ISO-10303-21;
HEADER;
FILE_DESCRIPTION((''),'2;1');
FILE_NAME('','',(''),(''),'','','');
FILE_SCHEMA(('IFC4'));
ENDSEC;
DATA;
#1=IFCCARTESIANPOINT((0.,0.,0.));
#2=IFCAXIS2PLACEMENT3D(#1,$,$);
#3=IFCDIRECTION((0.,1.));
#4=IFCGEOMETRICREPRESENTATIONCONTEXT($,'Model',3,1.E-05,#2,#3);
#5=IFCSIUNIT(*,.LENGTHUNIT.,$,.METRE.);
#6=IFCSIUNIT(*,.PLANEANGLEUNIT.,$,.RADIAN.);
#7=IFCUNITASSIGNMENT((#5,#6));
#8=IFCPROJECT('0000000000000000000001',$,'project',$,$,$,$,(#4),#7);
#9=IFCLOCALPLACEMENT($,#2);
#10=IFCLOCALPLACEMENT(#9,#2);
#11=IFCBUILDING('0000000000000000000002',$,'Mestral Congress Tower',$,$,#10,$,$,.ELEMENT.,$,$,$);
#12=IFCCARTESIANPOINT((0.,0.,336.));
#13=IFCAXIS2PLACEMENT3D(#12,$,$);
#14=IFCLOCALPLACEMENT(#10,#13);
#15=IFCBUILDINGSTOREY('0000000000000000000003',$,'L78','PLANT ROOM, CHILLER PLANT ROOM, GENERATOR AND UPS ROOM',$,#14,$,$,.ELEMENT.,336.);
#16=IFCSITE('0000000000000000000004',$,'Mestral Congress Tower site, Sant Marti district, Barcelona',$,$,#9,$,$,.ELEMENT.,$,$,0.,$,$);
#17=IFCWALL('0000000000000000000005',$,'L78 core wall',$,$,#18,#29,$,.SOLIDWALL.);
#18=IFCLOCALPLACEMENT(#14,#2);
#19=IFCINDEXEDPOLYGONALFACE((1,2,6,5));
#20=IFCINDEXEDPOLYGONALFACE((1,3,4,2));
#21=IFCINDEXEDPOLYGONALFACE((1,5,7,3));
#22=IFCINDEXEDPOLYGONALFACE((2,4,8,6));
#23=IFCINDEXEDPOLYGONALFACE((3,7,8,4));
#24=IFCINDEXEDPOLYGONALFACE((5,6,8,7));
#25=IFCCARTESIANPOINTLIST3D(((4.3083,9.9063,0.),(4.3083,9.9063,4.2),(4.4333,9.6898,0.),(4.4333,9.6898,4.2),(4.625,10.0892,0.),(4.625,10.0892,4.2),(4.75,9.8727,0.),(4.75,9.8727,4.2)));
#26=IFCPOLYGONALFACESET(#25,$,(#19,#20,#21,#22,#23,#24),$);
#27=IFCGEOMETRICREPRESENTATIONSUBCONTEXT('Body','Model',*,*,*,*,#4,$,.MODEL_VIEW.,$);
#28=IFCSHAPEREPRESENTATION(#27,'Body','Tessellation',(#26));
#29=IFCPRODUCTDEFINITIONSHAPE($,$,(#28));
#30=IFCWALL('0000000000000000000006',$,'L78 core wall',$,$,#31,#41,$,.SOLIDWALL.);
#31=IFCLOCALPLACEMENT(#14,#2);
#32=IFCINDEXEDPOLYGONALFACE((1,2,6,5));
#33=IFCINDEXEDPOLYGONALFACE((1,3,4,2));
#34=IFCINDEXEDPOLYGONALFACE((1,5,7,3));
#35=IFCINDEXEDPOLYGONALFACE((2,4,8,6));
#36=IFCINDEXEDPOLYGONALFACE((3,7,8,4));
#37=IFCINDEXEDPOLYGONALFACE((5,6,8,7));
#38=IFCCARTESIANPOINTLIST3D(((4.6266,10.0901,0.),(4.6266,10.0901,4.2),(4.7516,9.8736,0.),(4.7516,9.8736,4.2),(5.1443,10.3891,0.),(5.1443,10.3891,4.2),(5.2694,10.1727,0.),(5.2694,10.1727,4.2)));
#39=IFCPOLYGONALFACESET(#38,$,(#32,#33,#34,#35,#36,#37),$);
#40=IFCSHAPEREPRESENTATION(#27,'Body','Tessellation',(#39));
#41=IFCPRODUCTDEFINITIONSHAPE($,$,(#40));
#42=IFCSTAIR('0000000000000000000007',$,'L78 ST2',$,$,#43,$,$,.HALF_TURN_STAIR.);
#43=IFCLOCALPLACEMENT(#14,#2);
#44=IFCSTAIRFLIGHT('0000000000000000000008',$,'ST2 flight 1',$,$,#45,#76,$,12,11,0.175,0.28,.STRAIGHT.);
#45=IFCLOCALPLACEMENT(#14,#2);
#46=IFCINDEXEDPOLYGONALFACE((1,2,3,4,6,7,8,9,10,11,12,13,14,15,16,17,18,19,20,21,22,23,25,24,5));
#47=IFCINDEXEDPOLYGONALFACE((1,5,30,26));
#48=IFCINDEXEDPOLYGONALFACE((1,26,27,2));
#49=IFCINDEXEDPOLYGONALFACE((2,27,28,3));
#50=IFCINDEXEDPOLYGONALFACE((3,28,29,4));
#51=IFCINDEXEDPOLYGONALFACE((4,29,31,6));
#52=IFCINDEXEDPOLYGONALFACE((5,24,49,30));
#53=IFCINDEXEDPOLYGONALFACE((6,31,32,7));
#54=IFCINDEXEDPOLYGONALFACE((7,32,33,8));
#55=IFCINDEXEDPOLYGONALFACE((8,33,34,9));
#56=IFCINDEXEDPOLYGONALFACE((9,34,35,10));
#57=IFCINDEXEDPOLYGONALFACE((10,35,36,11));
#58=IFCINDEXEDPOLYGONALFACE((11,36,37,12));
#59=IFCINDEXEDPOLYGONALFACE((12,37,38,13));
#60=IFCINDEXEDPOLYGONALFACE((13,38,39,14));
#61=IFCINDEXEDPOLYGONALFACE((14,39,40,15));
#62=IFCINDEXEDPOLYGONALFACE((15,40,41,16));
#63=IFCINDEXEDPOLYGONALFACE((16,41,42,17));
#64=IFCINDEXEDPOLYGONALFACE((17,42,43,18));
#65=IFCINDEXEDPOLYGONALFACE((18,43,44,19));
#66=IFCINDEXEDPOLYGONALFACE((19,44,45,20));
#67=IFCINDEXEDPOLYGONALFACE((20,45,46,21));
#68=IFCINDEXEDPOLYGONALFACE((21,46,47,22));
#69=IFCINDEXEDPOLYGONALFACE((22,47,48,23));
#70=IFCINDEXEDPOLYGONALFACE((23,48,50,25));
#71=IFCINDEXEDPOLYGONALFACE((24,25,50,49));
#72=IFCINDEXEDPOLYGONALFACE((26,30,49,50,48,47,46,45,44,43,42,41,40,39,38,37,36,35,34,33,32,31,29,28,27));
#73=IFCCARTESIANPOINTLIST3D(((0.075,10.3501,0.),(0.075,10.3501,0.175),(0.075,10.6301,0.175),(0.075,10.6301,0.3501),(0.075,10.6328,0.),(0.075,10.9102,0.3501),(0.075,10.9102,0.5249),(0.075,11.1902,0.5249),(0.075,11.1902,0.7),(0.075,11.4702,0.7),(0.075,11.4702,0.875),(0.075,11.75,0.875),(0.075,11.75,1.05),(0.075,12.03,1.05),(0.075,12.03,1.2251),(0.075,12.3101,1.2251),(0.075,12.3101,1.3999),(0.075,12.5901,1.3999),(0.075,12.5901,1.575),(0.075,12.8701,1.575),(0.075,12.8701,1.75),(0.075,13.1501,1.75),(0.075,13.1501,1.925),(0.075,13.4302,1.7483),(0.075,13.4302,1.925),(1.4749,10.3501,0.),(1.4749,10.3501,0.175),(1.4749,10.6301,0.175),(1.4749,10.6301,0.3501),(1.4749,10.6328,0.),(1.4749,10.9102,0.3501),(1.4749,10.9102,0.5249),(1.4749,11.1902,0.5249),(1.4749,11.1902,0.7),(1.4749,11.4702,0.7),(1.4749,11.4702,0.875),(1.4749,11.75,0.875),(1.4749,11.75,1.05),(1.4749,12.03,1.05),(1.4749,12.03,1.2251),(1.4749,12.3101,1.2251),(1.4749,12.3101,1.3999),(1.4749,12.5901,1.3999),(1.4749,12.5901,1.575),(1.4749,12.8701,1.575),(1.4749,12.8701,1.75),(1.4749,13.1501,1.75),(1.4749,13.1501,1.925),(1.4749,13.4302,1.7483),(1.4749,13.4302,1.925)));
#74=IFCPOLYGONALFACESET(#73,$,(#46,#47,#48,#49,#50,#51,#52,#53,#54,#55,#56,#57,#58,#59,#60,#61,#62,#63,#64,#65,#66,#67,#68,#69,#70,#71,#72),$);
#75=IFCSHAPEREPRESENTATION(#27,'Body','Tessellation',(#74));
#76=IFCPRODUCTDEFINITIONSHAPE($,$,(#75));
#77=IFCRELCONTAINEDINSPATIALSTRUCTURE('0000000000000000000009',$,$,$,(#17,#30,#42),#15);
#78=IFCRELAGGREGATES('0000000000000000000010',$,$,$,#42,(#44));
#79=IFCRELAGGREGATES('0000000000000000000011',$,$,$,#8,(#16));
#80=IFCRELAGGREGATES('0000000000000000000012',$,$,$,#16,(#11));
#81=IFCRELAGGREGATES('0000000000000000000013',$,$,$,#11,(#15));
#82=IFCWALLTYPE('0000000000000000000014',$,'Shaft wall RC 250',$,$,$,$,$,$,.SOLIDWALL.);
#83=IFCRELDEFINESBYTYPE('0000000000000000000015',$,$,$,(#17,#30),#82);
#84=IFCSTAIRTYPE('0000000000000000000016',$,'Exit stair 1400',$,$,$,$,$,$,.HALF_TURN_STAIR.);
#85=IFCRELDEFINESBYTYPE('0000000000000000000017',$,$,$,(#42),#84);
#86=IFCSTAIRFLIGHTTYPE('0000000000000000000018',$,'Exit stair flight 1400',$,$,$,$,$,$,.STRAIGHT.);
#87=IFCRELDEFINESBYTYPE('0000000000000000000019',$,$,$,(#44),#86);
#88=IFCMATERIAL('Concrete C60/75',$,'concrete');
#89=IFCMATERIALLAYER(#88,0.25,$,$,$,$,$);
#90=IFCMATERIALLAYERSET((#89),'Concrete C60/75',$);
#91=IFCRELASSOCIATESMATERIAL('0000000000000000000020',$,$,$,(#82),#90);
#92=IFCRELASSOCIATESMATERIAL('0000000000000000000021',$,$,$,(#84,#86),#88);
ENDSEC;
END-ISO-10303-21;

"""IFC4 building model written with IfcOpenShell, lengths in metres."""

from ifc_helpers import new_model, si_unit, direction, frame, frame_2d, origin, place, context, subcontext, project, spatial, polyline, rectangle, outline, extrude, material, layer, layer_set, type_object, element, aggregate, save


model = new_model("IFC4")

# Units and contexts
model_context = context("Model", 3, precision=1e-05, world=origin(), true_north=direction((0.0, 1.0)))
body_context = subcontext(model_context, "Body", "Model", "MODEL_VIEW")
ifc_project = project(units=[si_unit("LENGTHUNIT", "METRE"), si_unit("PLANEANGLEUNIT", "RADIAN")], contexts=[model_context])

# Site, building, storey
site_placement = place(None, origin())
site = spatial("IfcSite", under=ifc_project, at=site_placement, Name="Mestral Congress Tower site, Sant Marti district, Barcelona", CompositionType="ELEMENT", RefElevation=0.0)
building_placement = place(site_placement, origin())
building = spatial("IfcBuilding", under=site, at=building_placement, Name="Mestral Congress Tower", CompositionType="ELEMENT")
storey_placement = place(building_placement, frame((0.0, 0.0, 336.0)))
storey = spatial("IfcBuildingStorey", under=building, at=storey_placement, Name="L78", Description="PLANT ROOM, CHILLER PLANT ROOM, GENERATOR AND UPS ROOM", CompositionType="ELEMENT", Elevation=336.0)

# Shared definitions
placement = place(storey_placement, origin())

# Walls
ifc_material_1 = material(Name="Concrete C60/75", Category="concrete")
ifc_layer_1 = layer(ifc_material_1, 0.25)
ifc_layer_set_1 = layer_set([ifc_layer_1], Name="Concrete C60/75")
wall_type_1 = type_object("IfcWallType", Name="Shaft wall RC 250", PredefinedType="SOLIDWALL", material=ifc_layer_set_1)
wall_1_placement = place(storey_placement, frame((4.6875, 9.981, 0.0), z_axis=(0.0, 0.0, 1.0), x_axis=(-0.865974, -0.500088, 0.0)))
element("IfcWall", 1, at=wall_1_placement, inside=storey, type_object=wall_type_1, Name="L78 core wall", PredefinedType="SOLIDWALL", context=body_context, shape_type="SweptSolid", body=[
    extrude(rectangle(XDim=0.3657, YDim=0.25, at=frame_2d((0.1829, 0.0))), origin(), (0.0, 0.0, 1.0), 4.2),
])
wall_2_placement = place(storey_placement, frame((4.6892, 9.9819, 0.0), z_axis=(0.0, 0.0, 1.0), x_axis=(0.865948, 0.500135, 0.0)))
element("IfcWall", 2, at=wall_2_placement, inside=storey, type_object=wall_type_1, Name="L78 core wall", PredefinedType="SOLIDWALL", context=body_context, shape_type="SweptSolid", body=[
    extrude(rectangle(XDim=0.5979, YDim=0.25, at=frame_2d((0.2988, 0.0))), origin(), (0.0, 0.0, 1.0), 4.2),
])

# Stair, stair flight
stair_type = type_object("IfcStairType", Name="Exit stair 1400", PredefinedType="HALF_TURN_STAIR", material=ifc_material_1)
stair = element("IfcStair", 3, at=placement, inside=storey, type_object=stair_type, Name="L78 ST2", PredefinedType="HALF_TURN_STAIR")
stair_flight_type = type_object("IfcStairFlightType", Name="Exit stair flight 1400", PredefinedType="STRAIGHT", material=ifc_material_1)
stair_flight_placement = place(storey_placement, frame((0.7749, 10.3501, 0.0), z_axis=(0.0, 0.0, 1.0), x_axis=(0.0, 1.0, 0.0)))
stair_flight = element("IfcStairFlight", 4, at=stair_flight_placement, type_object=stair_flight_type, Name="ST2 flight 1", NumberOfRisers=12, NumberOfTreads=11, PredefinedType="STRAIGHT", RiserHeight=0.175, TreadLength=0.28, context=body_context, shape_type="SweptSolid", body=[
    extrude(outline(polyline([(0.0, 0.0), (0.0, 0.175), (0.28, 0.175), (0.28, 0.3501), (0.5601, 0.3501), (0.5601, 0.5249), (0.8401, 0.5249), (0.8401, 0.7), (1.1201, 0.7), (1.1201, 0.875), (1.3999, 0.875), (1.3999, 1.05), (1.6799, 1.05), (1.6799, 1.2251), (1.96, 1.2251), (1.96, 1.3999), (2.24, 1.3999), (2.24, 1.575), (2.52, 1.575), (2.52, 1.75), (2.8, 1.75), (2.8, 1.925), (3.0801, 1.925), (3.0801, 2.1001), (3.0801, 1.7483), (0.2827, 0.0), (0.0, 0.0)])), frame((0.0, 0.7, 0.0), z_axis=(0.0, -1.0, 0.0), x_axis=(1.0, 0.0, 0.0)), (0.0, 0.0, 1.0), 1.3999),
])
aggregate(stair, [stair_flight])

save(model, "model.ifc")
